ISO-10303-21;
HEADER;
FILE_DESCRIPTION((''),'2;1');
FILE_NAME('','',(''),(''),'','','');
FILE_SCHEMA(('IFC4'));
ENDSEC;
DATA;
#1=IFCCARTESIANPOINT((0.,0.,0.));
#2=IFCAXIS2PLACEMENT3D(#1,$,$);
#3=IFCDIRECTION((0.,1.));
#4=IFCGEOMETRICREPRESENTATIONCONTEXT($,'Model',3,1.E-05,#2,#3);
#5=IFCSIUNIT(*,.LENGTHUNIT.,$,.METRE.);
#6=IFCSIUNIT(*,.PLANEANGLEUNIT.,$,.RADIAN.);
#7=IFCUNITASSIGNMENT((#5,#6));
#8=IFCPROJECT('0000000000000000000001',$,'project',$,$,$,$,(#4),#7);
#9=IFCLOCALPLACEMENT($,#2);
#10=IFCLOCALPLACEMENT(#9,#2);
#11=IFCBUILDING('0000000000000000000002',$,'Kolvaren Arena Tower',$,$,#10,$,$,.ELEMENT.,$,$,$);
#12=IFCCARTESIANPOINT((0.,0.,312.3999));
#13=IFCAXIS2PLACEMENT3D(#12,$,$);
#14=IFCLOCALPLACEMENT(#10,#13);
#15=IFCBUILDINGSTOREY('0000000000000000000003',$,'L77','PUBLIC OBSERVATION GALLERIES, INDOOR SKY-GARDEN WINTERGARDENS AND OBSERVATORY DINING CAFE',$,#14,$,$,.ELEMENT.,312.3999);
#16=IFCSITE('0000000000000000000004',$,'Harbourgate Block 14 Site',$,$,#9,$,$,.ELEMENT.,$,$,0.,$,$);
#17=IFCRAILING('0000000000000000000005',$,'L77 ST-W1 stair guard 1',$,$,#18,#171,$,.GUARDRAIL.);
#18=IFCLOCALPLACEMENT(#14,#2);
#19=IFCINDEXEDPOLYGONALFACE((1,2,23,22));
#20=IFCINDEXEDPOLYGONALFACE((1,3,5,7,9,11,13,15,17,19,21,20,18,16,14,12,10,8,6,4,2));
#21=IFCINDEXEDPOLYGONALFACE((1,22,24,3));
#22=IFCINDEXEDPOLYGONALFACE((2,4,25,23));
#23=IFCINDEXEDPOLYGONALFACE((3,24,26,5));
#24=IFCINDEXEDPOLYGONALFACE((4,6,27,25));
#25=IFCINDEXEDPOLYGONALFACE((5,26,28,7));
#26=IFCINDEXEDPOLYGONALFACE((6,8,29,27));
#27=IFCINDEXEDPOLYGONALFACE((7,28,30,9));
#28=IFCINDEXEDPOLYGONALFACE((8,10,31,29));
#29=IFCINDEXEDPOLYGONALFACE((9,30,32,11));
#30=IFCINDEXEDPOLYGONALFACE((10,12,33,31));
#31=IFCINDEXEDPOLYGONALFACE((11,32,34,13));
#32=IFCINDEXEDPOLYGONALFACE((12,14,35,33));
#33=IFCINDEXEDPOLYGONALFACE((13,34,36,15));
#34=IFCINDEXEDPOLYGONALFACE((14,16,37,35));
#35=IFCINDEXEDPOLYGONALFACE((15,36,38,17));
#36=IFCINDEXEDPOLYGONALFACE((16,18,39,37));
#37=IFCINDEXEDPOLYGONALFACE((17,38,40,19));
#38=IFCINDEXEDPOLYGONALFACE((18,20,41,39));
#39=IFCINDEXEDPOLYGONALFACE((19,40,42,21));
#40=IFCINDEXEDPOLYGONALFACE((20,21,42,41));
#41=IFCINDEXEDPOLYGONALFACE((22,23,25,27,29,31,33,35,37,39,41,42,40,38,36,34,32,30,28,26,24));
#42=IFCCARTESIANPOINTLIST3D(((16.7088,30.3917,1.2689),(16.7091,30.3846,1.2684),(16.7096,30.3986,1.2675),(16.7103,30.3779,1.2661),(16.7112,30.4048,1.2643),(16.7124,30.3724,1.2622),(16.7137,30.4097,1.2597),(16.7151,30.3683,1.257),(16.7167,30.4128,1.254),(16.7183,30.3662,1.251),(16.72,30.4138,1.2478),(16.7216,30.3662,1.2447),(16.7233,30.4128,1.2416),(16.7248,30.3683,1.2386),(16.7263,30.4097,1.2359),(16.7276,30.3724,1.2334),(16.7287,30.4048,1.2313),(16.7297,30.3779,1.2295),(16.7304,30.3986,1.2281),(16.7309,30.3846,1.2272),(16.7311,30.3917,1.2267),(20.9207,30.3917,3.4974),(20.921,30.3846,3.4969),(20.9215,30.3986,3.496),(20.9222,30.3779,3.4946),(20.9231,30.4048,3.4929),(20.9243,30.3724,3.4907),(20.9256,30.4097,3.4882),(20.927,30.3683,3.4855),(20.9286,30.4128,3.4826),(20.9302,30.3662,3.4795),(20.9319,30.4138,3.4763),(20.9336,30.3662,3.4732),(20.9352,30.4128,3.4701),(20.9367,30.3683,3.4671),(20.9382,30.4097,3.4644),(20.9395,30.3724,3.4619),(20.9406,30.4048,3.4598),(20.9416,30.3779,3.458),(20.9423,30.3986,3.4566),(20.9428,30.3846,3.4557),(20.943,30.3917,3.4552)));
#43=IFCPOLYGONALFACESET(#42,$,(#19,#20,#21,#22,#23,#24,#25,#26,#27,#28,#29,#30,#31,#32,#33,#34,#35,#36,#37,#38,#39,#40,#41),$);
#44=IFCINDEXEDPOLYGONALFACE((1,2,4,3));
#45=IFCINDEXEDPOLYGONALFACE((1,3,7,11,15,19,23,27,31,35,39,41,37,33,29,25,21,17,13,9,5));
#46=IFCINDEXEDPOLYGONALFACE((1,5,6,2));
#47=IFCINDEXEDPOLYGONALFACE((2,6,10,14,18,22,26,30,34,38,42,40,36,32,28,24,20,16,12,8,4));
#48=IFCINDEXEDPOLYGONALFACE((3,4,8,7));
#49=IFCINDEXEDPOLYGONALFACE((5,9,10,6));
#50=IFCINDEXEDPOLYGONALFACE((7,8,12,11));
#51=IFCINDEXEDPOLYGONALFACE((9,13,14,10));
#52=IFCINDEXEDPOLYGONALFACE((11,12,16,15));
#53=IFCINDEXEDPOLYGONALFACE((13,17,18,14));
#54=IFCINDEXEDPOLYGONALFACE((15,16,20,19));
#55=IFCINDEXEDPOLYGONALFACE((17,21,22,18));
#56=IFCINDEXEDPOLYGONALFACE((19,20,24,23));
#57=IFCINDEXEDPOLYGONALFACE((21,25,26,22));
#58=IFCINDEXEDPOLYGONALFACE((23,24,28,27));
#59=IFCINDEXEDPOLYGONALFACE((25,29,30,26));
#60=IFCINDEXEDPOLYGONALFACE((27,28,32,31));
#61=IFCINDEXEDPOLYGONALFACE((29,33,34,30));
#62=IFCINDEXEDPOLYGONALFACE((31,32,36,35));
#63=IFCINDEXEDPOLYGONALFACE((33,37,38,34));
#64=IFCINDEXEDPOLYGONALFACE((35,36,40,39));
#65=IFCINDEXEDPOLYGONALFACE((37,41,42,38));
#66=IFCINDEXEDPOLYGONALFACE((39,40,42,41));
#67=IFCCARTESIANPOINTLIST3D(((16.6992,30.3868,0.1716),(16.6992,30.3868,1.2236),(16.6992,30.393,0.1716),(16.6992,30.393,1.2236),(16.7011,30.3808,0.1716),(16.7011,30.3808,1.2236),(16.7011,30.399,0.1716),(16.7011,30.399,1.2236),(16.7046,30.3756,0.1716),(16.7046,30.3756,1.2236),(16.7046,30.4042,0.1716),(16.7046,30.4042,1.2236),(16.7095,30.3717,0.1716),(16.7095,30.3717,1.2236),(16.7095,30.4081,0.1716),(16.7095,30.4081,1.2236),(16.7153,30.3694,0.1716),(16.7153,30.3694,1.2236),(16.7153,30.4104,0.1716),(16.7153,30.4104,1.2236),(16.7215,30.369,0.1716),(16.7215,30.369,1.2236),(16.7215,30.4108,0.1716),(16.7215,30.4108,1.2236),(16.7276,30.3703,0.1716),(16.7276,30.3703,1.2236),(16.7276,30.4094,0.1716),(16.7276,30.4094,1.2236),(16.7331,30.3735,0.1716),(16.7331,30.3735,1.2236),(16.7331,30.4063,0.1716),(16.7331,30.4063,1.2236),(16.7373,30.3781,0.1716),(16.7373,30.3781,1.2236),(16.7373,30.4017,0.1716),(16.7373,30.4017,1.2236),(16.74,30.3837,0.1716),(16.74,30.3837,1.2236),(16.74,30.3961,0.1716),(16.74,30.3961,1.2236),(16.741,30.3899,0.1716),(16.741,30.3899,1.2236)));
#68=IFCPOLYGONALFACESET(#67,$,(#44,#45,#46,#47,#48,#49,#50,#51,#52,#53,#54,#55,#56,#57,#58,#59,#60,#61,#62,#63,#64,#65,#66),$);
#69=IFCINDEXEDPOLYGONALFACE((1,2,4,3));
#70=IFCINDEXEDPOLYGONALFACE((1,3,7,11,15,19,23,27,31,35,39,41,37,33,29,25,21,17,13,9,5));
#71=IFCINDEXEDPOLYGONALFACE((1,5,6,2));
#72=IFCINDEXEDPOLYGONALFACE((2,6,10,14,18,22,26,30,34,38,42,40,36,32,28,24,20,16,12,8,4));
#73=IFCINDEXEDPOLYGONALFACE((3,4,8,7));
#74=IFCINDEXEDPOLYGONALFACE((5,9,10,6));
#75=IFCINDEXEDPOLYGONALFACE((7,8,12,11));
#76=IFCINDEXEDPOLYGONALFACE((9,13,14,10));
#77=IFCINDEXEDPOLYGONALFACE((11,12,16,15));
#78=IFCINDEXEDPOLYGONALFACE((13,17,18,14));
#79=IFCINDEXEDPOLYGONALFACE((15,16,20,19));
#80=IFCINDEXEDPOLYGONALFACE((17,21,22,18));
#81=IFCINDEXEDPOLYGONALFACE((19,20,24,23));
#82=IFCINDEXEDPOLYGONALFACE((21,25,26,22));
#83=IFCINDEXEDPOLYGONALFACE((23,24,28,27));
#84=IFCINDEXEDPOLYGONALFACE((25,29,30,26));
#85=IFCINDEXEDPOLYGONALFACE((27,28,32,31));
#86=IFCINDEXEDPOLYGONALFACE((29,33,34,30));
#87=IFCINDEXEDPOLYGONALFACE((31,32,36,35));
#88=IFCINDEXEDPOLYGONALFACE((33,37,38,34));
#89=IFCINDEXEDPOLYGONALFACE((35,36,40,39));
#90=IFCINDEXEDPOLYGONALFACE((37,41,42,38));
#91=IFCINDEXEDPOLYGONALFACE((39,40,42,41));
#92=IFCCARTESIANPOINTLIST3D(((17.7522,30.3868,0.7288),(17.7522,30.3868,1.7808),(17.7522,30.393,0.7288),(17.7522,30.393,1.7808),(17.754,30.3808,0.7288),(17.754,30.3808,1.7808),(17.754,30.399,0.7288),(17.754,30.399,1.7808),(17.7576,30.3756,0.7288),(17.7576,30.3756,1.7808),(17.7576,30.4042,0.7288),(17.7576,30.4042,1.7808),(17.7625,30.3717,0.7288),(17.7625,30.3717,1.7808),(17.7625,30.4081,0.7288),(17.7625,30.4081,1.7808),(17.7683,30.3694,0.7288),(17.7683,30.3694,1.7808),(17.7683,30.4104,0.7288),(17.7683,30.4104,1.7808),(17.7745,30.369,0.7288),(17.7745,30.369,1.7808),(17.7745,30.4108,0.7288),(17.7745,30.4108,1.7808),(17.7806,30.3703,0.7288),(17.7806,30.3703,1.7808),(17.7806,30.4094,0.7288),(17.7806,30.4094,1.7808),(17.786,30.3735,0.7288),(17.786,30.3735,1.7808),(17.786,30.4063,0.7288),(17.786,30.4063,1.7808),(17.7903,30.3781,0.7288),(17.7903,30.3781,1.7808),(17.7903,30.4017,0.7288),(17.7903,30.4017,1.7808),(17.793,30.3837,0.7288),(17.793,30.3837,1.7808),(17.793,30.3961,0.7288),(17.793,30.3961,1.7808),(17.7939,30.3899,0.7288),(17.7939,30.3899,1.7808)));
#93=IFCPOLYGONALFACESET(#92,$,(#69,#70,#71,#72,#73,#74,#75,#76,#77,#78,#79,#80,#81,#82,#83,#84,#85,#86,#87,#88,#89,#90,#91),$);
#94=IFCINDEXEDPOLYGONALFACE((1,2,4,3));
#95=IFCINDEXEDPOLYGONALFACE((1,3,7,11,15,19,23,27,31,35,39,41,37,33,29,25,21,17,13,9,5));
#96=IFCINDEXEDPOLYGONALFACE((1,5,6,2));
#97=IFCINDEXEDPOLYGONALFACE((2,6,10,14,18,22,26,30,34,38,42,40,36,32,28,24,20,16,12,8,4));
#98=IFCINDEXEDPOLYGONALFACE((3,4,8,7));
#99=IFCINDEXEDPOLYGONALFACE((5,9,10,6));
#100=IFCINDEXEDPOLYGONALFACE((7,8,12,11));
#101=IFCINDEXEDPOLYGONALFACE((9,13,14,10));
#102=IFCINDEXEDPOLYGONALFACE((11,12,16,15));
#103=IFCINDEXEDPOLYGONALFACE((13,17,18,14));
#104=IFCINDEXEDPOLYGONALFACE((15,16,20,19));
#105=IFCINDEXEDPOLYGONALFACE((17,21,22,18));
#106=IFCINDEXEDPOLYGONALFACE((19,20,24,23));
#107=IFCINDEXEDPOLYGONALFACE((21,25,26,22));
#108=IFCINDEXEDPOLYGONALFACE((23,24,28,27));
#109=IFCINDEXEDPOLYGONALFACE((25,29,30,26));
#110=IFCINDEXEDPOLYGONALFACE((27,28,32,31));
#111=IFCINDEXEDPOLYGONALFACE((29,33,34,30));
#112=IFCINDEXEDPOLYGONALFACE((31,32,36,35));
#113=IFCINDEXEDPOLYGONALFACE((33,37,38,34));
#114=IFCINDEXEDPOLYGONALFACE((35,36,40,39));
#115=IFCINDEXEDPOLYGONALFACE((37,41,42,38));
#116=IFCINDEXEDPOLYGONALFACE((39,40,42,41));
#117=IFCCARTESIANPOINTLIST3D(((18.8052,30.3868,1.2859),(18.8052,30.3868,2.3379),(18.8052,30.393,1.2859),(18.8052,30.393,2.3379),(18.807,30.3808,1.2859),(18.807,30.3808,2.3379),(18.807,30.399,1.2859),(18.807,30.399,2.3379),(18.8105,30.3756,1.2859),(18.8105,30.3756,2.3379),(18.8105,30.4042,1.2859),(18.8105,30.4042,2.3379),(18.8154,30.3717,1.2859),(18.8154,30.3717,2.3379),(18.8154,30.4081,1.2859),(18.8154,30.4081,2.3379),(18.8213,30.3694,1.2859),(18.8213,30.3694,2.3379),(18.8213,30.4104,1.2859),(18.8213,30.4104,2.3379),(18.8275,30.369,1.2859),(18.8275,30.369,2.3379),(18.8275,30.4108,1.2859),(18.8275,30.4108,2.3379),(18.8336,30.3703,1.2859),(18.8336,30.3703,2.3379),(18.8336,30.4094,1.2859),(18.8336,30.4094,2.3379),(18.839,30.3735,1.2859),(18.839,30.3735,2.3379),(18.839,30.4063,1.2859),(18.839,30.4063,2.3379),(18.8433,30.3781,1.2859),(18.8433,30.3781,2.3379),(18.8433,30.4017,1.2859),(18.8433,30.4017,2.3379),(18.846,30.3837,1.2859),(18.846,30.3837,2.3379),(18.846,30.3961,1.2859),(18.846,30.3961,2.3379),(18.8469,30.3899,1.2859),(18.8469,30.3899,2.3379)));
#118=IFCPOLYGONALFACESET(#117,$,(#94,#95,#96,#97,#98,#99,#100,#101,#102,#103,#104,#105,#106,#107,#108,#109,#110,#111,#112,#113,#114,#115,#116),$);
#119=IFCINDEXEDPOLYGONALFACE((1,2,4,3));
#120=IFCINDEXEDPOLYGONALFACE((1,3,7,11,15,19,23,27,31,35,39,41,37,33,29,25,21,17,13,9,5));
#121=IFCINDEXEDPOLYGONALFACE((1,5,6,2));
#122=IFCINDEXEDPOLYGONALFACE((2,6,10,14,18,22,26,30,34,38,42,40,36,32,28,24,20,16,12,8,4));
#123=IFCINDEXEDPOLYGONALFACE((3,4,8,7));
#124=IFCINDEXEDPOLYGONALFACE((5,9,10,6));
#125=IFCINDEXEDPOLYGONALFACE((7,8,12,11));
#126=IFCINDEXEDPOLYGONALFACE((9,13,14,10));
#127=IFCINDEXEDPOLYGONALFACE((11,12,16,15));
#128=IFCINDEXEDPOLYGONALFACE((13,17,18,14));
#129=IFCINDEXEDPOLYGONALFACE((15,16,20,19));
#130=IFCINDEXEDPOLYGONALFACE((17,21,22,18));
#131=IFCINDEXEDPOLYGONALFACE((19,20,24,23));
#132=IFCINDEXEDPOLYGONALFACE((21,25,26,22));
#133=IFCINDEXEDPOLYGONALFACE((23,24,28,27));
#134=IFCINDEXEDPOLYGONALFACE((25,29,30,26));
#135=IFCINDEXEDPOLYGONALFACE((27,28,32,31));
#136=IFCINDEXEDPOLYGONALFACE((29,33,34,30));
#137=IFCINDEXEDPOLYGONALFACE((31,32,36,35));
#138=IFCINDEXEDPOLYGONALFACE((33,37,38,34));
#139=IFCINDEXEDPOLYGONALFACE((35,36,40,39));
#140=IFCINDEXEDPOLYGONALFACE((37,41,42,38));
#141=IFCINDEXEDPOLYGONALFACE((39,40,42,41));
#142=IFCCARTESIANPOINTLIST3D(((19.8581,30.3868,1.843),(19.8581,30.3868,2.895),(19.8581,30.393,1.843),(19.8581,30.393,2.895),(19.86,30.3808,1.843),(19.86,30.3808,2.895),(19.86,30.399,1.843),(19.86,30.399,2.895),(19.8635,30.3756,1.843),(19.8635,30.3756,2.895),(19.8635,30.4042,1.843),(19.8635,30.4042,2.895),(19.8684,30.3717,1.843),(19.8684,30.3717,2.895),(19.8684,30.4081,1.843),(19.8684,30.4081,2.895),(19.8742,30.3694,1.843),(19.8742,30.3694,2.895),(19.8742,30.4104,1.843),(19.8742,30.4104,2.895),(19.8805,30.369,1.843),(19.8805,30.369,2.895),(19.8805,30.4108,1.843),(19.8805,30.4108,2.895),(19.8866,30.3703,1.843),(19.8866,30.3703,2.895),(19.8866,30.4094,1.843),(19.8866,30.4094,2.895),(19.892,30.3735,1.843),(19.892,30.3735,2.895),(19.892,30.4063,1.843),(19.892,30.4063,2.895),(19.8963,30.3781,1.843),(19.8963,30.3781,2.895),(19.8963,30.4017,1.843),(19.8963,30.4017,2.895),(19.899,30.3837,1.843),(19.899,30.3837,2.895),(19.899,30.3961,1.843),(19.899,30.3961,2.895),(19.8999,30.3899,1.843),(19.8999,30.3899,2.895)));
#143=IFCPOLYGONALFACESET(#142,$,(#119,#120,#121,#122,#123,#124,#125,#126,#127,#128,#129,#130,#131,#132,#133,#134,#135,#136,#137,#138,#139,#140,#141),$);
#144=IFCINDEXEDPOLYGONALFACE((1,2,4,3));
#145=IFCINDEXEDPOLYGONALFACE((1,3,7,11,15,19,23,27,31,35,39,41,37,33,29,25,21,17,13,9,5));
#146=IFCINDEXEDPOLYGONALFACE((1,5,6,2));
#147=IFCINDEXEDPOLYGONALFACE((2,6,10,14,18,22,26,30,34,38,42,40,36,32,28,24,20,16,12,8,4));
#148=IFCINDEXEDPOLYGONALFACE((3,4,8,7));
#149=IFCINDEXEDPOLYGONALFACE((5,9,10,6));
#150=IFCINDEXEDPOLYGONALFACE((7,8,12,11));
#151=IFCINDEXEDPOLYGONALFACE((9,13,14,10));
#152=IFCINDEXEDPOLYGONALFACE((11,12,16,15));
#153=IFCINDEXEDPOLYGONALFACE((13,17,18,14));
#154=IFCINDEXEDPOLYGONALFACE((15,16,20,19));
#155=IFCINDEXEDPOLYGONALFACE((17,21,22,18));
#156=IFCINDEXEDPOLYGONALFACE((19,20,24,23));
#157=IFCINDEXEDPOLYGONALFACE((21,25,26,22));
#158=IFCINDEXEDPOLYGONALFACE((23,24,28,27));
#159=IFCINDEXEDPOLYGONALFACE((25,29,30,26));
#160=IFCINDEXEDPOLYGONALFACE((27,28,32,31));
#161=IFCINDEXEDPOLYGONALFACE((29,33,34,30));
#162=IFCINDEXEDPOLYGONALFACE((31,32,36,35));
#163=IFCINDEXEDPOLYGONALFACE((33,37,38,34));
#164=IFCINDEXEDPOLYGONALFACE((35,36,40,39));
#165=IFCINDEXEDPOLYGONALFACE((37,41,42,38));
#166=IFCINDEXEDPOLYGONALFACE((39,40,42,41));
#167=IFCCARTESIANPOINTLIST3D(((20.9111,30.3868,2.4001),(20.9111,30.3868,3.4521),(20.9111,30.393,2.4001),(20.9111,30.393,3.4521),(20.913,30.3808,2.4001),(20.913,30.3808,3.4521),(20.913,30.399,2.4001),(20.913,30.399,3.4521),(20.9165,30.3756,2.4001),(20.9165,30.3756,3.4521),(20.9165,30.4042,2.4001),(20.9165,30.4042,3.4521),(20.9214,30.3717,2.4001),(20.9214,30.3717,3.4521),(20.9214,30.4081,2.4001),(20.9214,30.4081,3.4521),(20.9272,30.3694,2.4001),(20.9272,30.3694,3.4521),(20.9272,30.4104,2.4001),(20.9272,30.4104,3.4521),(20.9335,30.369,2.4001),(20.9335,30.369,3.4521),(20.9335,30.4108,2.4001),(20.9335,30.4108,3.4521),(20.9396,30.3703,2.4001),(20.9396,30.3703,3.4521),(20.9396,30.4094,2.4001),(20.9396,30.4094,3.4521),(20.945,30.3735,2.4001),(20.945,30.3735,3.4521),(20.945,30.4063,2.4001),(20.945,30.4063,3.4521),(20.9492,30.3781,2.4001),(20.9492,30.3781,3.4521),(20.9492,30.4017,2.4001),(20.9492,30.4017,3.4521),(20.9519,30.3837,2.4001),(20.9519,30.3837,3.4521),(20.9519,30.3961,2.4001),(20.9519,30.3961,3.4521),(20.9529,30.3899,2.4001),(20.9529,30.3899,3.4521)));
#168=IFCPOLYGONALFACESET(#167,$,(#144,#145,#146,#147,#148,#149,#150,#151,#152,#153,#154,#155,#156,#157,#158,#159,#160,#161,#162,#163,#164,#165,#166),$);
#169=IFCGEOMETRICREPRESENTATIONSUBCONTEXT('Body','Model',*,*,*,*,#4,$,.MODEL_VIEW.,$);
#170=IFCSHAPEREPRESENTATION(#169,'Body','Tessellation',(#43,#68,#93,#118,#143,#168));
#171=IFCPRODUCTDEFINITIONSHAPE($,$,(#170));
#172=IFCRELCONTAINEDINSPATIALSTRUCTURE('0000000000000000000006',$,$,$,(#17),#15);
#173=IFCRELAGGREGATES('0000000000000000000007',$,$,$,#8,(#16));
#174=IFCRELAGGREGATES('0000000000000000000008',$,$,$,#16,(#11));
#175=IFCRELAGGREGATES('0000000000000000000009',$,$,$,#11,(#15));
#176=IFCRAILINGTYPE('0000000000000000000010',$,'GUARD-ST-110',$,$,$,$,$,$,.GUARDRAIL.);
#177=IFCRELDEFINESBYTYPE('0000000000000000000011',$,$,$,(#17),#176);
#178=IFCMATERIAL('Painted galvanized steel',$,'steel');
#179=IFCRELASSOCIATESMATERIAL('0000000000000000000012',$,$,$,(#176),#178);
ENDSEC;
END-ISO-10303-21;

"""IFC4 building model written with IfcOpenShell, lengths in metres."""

from ifc_helpers import new_model, si_unit, direction, frame, origin, origin_2d, place, context, subcontext, project, spatial, circle, extrude, material, type_object, element, save


model = new_model("IFC4")

# Units and contexts
model_context = context("Model", 3, precision=1e-05, world=origin(), true_north=direction((0.0, 1.0)))
body_context = subcontext(model_context, "Body", "Model", "MODEL_VIEW")
ifc_project = project(units=[si_unit("LENGTHUNIT", "METRE"), si_unit("PLANEANGLEUNIT", "RADIAN")], contexts=[model_context])

# Site, building, storey
site_placement = place(None, origin())
site = spatial("IfcSite", under=ifc_project, at=site_placement, Name="Harbourgate Block 14 Site", CompositionType="ELEMENT", RefElevation=0.0)
building_placement = place(site_placement, origin())
building = spatial("IfcBuilding", under=site, at=building_placement, Name="Kolvaren Arena Tower", CompositionType="ELEMENT")
storey_placement = place(building_placement, frame((0.0, 0.0, 312.3999)))
storey = spatial("IfcBuildingStorey", under=building, at=storey_placement, Name="L77", Description="PUBLIC OBSERVATION GALLERIES, INDOOR SKY-GARDEN WINTERGARDENS AND OBSERVATORY DINING CAFE", CompositionType="ELEMENT", Elevation=312.3999)

# Railing
ifc_material_1 = material(Name="Painted galvanized steel", Category="steel")
railing_type_1 = type_object("IfcRailingType", Name="GUARD-ST-110", PredefinedType="GUARDRAIL", material=ifc_material_1)
railing_1_placement = place(storey_placement, frame((16.72, 30.3899, 0.1716)))
element("IfcRailing", 1, at=railing_1_placement, inside=storey, type_object=railing_type_1, Name="L77 ST-W1 stair guard 1", PredefinedType="GUARDRAIL", context=body_context, shape_type="SweptSolid", body=[
    extrude(circle(Radius=0.0239, at=origin_2d()), frame((0.0, 0.0, 1.0762), z_axis=(0.883903, 0.0, 0.467671), x_axis=(0.0, 1.0, 0.0)), (0.0, 0.0, 1.0), 4.7651),
    extrude(circle(Radius=0.021, at=origin_2d()), origin(), (0.0, 0.0, 1.0), 1.052),
    extrude(circle(Radius=0.021, at=origin_2d()), frame((1.053, 0.0, 0.5571)), (0.0, 0.0, 1.0), 1.052),
    extrude(circle(Radius=0.021, at=origin_2d()), frame((2.106, 0.0, 1.1143)), (0.0, 0.0, 1.0), 1.052),
    extrude(circle(Radius=0.021, at=origin_2d()), frame((3.1589, 0.0, 1.6714)), (0.0, 0.0, 1.0), 1.052),
    extrude(circle(Radius=0.021, at=origin_2d()), frame((4.2119, 0.0, 2.2285)), (0.0, 0.0, 1.0), 1.052),
])

save(model, "model.ifc")
